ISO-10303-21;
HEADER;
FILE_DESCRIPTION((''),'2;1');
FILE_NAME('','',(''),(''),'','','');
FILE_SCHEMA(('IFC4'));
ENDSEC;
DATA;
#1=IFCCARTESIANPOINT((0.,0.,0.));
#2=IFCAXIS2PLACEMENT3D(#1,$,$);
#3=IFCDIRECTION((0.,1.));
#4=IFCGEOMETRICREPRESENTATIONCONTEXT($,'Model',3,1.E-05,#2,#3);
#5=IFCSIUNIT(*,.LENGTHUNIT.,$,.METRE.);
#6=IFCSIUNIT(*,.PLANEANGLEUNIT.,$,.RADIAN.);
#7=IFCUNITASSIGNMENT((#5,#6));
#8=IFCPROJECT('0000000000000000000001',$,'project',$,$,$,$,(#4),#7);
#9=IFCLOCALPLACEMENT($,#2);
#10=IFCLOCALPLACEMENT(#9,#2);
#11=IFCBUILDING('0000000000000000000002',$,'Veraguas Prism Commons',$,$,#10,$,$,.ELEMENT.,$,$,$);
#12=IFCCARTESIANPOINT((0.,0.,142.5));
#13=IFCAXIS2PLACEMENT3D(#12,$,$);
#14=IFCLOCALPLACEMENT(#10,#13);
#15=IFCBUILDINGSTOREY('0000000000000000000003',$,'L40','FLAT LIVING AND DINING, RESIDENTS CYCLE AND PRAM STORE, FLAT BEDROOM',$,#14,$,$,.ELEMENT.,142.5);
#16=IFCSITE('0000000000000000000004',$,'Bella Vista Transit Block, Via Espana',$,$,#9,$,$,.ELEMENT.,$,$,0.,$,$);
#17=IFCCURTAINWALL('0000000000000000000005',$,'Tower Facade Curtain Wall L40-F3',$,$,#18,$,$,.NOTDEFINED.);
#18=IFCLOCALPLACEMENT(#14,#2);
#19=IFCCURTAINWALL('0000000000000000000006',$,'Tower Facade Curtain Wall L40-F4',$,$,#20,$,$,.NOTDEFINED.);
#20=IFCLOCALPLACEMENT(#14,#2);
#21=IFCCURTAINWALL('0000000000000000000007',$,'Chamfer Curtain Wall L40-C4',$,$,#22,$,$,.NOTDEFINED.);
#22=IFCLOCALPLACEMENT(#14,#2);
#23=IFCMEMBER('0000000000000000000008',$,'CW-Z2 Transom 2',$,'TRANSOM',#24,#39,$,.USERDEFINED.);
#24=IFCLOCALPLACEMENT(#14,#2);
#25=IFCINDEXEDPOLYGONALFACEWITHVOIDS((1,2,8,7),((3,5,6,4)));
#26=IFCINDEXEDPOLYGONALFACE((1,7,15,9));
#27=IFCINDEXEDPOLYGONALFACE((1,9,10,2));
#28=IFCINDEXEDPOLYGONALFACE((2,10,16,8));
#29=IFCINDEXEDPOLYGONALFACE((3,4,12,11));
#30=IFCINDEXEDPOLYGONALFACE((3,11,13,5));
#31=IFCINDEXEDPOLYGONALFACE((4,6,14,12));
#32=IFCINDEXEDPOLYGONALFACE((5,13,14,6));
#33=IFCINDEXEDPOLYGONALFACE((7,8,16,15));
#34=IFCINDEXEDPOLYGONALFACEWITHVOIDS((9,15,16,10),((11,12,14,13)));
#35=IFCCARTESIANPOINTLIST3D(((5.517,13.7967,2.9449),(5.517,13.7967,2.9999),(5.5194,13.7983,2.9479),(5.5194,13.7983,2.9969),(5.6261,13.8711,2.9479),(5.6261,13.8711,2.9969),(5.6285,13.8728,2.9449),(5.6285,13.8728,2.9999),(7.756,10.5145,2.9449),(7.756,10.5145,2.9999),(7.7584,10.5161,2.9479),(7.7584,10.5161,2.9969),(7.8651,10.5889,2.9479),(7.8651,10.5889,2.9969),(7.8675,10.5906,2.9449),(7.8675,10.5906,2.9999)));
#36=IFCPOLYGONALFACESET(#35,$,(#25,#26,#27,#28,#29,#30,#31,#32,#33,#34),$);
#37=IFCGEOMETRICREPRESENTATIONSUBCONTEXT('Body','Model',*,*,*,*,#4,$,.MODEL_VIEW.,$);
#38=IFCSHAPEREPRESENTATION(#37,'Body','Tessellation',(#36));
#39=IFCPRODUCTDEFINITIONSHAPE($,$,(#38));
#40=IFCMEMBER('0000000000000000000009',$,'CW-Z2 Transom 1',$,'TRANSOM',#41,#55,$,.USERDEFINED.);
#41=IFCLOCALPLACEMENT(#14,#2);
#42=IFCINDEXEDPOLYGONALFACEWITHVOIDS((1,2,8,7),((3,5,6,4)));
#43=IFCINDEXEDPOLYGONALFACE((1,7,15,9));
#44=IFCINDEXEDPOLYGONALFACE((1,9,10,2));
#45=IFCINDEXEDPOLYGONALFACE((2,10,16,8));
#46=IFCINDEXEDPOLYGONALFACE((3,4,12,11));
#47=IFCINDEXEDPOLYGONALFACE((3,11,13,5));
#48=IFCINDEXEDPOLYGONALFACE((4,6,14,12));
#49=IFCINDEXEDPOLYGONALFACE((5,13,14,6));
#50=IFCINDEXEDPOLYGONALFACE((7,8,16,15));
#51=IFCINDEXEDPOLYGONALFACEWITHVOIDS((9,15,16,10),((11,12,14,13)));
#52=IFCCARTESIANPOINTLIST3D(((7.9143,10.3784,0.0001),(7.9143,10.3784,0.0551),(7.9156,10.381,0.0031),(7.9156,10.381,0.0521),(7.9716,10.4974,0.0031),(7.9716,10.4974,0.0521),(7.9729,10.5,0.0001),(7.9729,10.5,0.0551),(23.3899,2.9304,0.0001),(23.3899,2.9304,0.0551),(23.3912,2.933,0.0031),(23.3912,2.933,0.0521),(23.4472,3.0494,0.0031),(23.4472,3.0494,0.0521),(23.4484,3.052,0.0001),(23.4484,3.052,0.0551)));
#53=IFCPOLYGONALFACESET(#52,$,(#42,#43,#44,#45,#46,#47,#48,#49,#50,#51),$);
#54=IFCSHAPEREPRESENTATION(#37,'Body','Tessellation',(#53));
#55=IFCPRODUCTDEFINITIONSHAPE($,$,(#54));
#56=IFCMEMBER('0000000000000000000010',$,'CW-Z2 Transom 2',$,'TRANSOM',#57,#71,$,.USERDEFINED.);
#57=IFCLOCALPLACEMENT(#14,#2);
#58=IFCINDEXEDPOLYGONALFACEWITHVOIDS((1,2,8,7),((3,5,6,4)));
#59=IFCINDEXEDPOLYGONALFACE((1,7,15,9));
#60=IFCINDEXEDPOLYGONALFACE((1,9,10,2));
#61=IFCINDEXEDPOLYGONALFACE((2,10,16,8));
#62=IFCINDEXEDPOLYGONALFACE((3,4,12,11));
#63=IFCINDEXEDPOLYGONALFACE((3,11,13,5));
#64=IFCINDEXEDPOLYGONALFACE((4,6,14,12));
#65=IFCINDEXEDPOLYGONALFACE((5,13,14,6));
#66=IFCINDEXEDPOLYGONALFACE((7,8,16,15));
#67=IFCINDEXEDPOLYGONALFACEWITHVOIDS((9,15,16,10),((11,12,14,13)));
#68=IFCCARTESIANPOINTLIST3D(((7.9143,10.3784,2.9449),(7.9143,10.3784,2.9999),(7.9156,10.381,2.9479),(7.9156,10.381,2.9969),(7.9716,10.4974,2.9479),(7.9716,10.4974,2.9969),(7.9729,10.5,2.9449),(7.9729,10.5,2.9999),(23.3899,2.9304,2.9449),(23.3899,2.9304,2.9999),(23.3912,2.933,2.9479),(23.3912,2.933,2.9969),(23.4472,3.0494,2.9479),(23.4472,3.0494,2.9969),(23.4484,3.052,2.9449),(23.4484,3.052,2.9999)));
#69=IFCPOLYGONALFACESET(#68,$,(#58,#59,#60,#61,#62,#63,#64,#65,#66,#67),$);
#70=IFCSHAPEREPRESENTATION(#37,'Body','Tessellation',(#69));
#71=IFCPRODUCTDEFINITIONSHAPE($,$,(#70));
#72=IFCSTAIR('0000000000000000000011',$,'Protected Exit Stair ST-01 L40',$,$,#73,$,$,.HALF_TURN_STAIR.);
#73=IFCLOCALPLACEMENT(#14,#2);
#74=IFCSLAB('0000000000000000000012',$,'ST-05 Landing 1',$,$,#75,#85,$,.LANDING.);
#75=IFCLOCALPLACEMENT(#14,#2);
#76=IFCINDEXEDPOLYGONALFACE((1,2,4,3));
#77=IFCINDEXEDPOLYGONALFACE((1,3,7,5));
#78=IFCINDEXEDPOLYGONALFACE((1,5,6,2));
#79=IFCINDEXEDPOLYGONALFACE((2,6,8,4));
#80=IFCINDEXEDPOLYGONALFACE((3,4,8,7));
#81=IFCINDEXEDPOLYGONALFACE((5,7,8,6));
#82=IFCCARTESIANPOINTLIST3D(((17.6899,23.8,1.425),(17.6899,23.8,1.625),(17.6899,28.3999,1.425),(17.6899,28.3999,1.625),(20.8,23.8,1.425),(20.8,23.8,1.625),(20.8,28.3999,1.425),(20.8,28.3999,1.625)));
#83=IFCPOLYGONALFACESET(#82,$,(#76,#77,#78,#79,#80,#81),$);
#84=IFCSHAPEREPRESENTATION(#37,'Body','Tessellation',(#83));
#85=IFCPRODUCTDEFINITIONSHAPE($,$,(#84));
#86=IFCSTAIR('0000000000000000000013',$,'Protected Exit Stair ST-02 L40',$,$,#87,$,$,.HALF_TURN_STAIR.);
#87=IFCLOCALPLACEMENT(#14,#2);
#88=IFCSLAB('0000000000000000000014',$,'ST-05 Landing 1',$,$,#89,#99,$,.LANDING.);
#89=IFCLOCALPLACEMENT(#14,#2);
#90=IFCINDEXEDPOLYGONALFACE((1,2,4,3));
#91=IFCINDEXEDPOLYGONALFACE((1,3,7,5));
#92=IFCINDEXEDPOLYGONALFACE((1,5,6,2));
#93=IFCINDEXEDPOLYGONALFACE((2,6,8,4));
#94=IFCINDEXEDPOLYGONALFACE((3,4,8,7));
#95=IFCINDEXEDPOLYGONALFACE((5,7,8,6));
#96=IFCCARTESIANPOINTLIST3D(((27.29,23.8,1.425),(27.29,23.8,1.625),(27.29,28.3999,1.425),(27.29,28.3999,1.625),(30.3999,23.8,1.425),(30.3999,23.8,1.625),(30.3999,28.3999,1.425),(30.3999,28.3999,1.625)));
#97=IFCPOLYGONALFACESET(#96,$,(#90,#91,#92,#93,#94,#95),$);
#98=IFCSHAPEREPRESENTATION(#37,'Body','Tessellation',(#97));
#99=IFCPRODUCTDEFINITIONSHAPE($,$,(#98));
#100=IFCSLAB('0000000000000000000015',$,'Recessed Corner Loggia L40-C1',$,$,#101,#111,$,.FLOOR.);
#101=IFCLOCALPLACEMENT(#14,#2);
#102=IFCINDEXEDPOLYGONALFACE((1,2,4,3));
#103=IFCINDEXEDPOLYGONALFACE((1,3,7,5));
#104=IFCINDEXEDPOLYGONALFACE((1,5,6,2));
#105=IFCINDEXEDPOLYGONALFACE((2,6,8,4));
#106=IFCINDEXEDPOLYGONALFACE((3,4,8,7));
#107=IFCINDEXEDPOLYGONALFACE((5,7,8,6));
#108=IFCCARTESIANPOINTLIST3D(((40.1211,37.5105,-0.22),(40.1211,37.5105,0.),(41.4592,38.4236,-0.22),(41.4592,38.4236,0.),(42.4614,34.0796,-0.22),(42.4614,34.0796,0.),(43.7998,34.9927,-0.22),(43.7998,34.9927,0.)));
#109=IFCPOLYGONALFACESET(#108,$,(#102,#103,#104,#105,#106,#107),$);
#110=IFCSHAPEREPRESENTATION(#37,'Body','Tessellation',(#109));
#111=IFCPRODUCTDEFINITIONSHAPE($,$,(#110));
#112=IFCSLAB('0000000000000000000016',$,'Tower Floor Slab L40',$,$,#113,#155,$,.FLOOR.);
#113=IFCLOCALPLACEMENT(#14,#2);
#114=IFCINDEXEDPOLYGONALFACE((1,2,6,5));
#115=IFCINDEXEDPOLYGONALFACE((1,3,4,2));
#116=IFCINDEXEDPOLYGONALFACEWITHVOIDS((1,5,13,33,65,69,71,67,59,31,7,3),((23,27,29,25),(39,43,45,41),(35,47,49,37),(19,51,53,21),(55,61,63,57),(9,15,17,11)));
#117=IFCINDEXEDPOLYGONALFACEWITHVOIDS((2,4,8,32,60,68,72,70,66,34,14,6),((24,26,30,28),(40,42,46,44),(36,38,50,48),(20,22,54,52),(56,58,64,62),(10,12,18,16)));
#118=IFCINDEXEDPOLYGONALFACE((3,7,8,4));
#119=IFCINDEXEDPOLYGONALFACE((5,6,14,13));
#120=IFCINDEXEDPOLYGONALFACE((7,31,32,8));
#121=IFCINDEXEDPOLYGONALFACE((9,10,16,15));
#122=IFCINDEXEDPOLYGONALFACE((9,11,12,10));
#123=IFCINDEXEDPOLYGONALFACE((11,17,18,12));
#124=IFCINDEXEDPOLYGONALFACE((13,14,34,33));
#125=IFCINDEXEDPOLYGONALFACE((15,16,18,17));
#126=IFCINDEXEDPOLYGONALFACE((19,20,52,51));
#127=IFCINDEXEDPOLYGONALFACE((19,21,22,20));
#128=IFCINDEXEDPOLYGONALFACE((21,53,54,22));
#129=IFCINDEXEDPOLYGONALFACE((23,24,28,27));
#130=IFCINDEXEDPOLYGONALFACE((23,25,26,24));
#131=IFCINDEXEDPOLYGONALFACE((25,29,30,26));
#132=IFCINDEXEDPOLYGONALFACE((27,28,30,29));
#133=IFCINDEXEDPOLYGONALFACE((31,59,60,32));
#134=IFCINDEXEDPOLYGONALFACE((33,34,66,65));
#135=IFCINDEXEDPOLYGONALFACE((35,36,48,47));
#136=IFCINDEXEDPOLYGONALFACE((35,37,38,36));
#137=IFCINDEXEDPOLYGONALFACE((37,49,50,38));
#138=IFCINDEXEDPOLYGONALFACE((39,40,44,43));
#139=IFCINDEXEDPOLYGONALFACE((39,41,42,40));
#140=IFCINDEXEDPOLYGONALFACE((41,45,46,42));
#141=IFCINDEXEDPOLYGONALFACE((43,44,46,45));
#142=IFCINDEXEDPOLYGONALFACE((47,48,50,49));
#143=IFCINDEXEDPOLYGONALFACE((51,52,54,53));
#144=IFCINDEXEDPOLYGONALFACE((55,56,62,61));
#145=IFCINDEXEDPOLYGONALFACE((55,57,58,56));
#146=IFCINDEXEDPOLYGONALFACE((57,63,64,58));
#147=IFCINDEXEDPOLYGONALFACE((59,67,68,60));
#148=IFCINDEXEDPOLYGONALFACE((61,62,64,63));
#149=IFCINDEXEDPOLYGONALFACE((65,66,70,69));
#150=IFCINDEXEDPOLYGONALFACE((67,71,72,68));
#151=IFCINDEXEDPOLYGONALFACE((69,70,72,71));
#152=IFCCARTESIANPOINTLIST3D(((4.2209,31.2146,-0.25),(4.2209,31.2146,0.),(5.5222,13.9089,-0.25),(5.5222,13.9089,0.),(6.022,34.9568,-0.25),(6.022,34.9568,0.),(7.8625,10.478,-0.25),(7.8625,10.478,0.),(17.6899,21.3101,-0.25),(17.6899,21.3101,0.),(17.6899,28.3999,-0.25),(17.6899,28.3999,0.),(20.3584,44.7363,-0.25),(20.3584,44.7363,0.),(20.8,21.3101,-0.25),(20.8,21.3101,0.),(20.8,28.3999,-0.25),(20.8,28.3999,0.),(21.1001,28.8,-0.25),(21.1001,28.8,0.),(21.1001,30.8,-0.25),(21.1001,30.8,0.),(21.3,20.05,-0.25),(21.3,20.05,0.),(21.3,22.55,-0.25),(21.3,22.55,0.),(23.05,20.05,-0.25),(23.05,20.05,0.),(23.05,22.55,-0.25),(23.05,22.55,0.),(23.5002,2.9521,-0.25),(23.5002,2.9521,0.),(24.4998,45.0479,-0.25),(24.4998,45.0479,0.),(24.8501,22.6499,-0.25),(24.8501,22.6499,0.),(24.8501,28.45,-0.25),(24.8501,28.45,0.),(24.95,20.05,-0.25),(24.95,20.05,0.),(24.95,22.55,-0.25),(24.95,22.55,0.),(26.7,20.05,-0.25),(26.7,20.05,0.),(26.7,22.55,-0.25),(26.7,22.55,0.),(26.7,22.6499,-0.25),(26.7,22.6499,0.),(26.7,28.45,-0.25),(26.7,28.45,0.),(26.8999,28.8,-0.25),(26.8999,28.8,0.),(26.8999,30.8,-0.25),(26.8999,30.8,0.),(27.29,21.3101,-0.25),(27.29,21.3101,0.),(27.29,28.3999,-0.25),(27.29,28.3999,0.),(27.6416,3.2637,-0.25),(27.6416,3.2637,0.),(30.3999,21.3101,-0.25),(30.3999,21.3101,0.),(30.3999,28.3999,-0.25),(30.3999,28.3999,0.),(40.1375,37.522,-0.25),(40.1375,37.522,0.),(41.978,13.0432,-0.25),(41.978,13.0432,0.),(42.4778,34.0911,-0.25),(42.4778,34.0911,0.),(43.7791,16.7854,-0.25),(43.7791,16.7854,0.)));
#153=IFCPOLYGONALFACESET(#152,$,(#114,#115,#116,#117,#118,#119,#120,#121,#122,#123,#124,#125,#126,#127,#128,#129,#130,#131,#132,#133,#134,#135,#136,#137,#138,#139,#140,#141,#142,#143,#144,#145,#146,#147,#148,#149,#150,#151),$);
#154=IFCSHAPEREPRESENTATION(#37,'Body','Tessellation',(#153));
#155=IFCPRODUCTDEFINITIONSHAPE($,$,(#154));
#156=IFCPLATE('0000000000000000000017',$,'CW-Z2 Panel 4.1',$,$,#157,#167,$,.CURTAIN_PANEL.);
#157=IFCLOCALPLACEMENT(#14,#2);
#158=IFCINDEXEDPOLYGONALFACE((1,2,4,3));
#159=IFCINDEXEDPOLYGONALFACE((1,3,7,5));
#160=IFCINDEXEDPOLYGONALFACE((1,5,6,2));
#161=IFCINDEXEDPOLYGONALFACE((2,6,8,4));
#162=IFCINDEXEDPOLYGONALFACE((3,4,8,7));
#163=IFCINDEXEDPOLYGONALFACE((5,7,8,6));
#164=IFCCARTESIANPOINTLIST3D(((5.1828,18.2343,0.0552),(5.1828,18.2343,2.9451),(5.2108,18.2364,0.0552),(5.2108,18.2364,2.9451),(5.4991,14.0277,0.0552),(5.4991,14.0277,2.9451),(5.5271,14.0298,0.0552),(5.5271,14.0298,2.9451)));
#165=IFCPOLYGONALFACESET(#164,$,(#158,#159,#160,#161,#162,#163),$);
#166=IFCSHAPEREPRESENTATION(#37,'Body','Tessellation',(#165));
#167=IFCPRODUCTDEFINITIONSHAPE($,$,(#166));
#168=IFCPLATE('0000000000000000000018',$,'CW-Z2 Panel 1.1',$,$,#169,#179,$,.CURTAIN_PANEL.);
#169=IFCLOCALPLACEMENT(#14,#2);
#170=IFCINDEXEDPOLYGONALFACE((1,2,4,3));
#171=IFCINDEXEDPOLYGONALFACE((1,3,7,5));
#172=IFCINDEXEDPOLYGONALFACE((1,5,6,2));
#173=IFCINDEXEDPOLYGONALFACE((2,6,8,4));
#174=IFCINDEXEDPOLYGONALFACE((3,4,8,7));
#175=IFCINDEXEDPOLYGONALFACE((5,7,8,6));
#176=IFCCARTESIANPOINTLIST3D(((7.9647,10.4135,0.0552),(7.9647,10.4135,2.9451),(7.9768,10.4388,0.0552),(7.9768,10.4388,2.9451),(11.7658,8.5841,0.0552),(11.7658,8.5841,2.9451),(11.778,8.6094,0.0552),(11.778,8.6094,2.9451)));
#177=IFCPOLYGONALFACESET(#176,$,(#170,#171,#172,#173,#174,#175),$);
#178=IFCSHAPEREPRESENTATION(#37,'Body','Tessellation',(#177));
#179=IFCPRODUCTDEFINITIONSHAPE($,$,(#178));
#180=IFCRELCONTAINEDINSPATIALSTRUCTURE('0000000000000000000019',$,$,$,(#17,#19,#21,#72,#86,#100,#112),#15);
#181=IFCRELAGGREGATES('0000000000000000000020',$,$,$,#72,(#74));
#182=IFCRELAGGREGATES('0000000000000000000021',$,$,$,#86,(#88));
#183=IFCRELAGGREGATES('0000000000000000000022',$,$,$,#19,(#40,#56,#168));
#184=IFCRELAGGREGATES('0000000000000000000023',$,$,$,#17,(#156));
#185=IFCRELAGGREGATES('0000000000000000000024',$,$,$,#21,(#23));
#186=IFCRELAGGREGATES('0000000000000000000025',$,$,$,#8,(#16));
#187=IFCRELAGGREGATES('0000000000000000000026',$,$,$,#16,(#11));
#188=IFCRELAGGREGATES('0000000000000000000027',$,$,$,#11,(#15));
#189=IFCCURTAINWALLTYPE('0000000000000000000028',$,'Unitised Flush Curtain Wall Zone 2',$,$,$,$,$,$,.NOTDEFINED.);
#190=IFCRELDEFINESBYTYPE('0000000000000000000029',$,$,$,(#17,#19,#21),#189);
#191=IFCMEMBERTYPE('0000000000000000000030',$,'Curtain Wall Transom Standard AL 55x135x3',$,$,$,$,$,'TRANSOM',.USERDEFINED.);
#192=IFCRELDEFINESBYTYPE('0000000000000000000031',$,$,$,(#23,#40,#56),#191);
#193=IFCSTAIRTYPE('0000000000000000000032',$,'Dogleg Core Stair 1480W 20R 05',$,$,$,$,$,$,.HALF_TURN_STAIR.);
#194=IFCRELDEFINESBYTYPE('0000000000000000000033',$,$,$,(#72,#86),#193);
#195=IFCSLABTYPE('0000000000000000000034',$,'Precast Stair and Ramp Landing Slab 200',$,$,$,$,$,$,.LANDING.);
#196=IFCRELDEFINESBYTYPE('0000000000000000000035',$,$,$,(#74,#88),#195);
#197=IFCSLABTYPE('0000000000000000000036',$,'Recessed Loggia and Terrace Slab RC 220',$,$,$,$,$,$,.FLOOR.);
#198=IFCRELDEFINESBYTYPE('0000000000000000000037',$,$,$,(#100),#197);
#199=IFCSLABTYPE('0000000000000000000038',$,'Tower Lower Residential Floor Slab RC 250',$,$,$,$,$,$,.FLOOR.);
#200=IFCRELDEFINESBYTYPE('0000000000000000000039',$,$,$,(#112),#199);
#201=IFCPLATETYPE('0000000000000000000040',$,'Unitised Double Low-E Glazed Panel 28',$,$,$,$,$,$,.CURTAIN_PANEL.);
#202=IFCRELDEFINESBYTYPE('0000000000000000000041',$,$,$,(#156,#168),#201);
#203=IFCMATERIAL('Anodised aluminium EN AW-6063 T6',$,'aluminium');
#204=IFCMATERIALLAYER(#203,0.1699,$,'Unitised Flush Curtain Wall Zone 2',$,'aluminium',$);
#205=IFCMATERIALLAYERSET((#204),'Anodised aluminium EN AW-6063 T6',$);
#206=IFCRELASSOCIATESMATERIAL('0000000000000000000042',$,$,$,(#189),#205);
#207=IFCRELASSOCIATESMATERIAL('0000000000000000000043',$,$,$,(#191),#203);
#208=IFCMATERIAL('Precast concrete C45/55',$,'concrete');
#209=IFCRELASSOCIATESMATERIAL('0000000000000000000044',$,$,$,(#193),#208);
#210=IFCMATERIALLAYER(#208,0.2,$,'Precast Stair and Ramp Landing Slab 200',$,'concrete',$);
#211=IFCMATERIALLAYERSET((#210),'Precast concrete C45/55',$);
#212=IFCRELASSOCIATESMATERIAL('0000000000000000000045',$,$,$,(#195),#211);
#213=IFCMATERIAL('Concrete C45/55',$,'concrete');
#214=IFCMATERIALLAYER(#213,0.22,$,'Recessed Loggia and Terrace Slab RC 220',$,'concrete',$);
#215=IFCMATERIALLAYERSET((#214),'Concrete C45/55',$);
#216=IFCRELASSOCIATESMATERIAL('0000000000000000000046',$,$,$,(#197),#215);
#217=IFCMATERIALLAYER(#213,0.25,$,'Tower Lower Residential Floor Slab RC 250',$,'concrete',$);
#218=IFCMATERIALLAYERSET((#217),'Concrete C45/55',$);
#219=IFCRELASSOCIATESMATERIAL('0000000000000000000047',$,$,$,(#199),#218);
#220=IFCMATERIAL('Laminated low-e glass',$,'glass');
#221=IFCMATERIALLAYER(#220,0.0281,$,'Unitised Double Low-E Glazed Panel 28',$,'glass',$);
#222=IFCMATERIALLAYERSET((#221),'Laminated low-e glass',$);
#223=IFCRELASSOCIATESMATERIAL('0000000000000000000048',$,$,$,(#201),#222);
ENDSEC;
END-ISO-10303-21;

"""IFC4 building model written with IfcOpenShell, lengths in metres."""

from ifc_helpers import new_model, si_unit, direction, frame, origin, origin_2d, place, context, subcontext, project, spatial, polyline, rectangle, hollow_rectangle, outline, extrude, source, transform, mapped, material, layer, layer_set, material_profile, profile_set, type_object, element, aggregate, save


model = new_model("IFC4")

# Units and contexts
model_context = context("Model", 3, precision=1e-05, world=origin(), true_north=direction((0.0, 1.0)))
body_context = subcontext(model_context, "Body", "Model", "MODEL_VIEW")
ifc_project = project(units=[si_unit("LENGTHUNIT", "METRE"), si_unit("PLANEANGLEUNIT", "RADIAN")], contexts=[model_context])

# Site, building, storey
site_placement = place(None, origin())
site = spatial("IfcSite", under=ifc_project, at=site_placement, Name="Bella Vista Transit Block, Via Espana", CompositionType="ELEMENT", RefElevation=0.0)
building_placement = place(site_placement, origin())
building = spatial("IfcBuilding", under=site, at=building_placement, Name="Veraguas Prism Commons", CompositionType="ELEMENT")
storey_placement = place(building_placement, frame((0.0, 0.0, 142.5)))
storey = spatial("IfcBuildingStorey", under=building, at=storey_placement, Name="L40", Description="FLAT LIVING AND DINING, RESIDENTS CYCLE AND PRAM STORE, FLAT BEDROOM", CompositionType="ELEMENT", Elevation=142.5)

# Curtain walls, member
ifc_material_1 = material(Name="Anodised aluminium EN AW-6063 T6", Category="aluminium")
ifc_layer_1 = layer(ifc_material_1, 0.1699, Name="Unitised Flush Curtain Wall Zone 2", Category="aluminium")
ifc_layer_set_1 = layer_set([ifc_layer_1], Name="Anodised aluminium EN AW-6063 T6")
curtain_wall_type = type_object("IfcCurtainWallType", Name="Unitised Flush Curtain Wall Zone 2", PredefinedType="NOTDEFINED", material=ifc_layer_set_1)
curtain_wall_1_placement = place(storey_placement, origin())
curtain_wall_1 = element("IfcCurtainWall", 1, at=curtain_wall_1_placement, inside=storey, type_object=curtain_wall_type, Name="Tower Facade Curtain Wall L40-F3", PredefinedType="NOTDEFINED")
curtain_wall_2_placement = place(storey_placement, origin())
curtain_wall_2 = element("IfcCurtainWall", 2, at=curtain_wall_2_placement, inside=storey, type_object=curtain_wall_type, Name="Tower Facade Curtain Wall L40-F4", PredefinedType="NOTDEFINED")
curtain_wall_3_placement = place(storey_placement, origin())
curtain_wall_3 = element("IfcCurtainWall", 3, at=curtain_wall_3_placement, inside=storey, type_object=curtain_wall_type, Name="Chamfer Curtain Wall L40-C4", PredefinedType="NOTDEFINED")
ifc_material_profile_1 = material_profile(ifc_material_1, hollow_rectangle(XDim=0.0549, YDim=0.135, WallThickness=0.0029, at=origin_2d()), Name="AL55X135X3")
ifc_profile_set_1 = profile_set([ifc_material_profile_1], Name="Anodised aluminium EN AW-6063 T6")
member_type_1 = type_object("IfcMemberType", Name="Curtain Wall Transom Standard AL 55x135x3", ElementType="TRANSOM", PredefinedType="USERDEFINED", material=ifc_profile_set_1)
shared_shape_1 = source(origin(), body_context, "Body", "SweptSolid", [
    extrude(hollow_rectangle(XDim=0.0549, YDim=0.135, WallThickness=0.0029, at=origin_2d()), origin(), (0.0, 0.0, 1.0), 3.9731),
])
member_1_placement = place(storey_placement, frame((5.5728, 13.8347, 2.9724), z_axis=(0.563531, -0.826095, 0.0), x_axis=(0.0, 0.0, 1.0)))
member_1 = element("IfcMember", 4, at=member_1_placement, type_object=member_type_1, Name="CW-Z2 Transom 2", ObjectType="TRANSOM", PredefinedType="USERDEFINED", context=body_context, shape_type="MappedRepresentation", body=[
    mapped(shared_shape_1, transform((0.0, 0.0, 0.0), scale=1.0)),
])

# Members
shared_shape_2 = source(origin(), body_context, "Body", "SweptSolid", [
    extrude(hollow_rectangle(XDim=0.0549, YDim=0.135, WallThickness=0.0029, at=origin_2d()), origin(), (0.0, 0.0, 1.0), 17.1746),
])
member_2_placement = place(storey_placement, frame((7.9436, 10.4392, 0.0276), z_axis=(0.901075, -0.433664, 0.0), x_axis=(0.0, 0.0, 1.0)))
member_2 = element("IfcMember", 5, at=member_2_placement, type_object=member_type_1, Name="CW-Z2 Transom 1", ObjectType="TRANSOM", PredefinedType="USERDEFINED", context=body_context, shape_type="MappedRepresentation", body=[
    mapped(shared_shape_2, transform((0.0, 0.0, 0.0), scale=1.0)),
])
member_3_placement = place(storey_placement, frame((7.9436, 10.4392, 2.9724), z_axis=(0.901075, -0.433664, 0.0), x_axis=(0.0, 0.0, 1.0)))
member_3 = element("IfcMember", 6, at=member_3_placement, type_object=member_type_1, Name="CW-Z2 Transom 2", ObjectType="TRANSOM", PredefinedType="USERDEFINED", context=body_context, shape_type="MappedRepresentation", body=[
    mapped(shared_shape_2, transform((0.0, 0.0, 0.0), scale=1.0)),
])

# Stairs, slabs
ifc_material_2 = material(Name="Precast concrete C45/55", Category="concrete")
stair_type = type_object("IfcStairType", Name="Dogleg Core Stair 1480W 20R 05", PredefinedType="HALF_TURN_STAIR", material=ifc_material_2)
stair_1_placement = place(storey_placement, origin())
stair_1 = element("IfcStair", 7, at=stair_1_placement, inside=storey, type_object=stair_type, Name="Protected Exit Stair ST-01 L40", PredefinedType="HALF_TURN_STAIR")
ifc_layer_2 = layer(ifc_material_2, 0.2, Name="Precast Stair and Ramp Landing Slab 200", Category="concrete")
ifc_layer_set_2 = layer_set([ifc_layer_2], Name="Precast concrete C45/55")
slab_type_1 = type_object("IfcSlabType", Name="Precast Stair and Ramp Landing Slab 200", PredefinedType="LANDING", material=ifc_layer_set_2)
slab_1_placement = place(storey_placement, frame((0.0, 0.0, 1.425)))
slab_1 = element("IfcSlab", 8, at=slab_1_placement, type_object=slab_type_1, Name="ST-05 Landing 1", PredefinedType="LANDING", context=body_context, shape_type="SweptSolid", body=[
    extrude(outline(polyline([(20.8, 23.8), (20.8, 28.3999), (17.6899, 28.3999), (17.6899, 23.8), (20.8, 23.8)])), origin(), (0.0, 0.0, 1.0), 0.2),
])
aggregate(stair_1, [slab_1])
stair_2_placement = place(storey_placement, origin())
stair_2 = element("IfcStair", 9, at=stair_2_placement, inside=storey, type_object=stair_type, Name="Protected Exit Stair ST-02 L40", PredefinedType="HALF_TURN_STAIR")
slab_2_placement = place(storey_placement, frame((0.0, 0.0, 1.425)))
slab_2 = element("IfcSlab", 10, at=slab_2_placement, type_object=slab_type_1, Name="ST-05 Landing 1", PredefinedType="LANDING", context=body_context, shape_type="SweptSolid", body=[
    extrude(outline(polyline([(30.3999, 23.8), (30.3999, 28.3999), (27.29, 28.3999), (27.29, 23.8), (30.3999, 23.8)])), origin(), (0.0, 0.0, 1.0), 0.2),
])
aggregate(stair_2, [slab_2])

# Slabs
ifc_material_3 = material(Name="Concrete C45/55", Category="concrete")
ifc_layer_3 = layer(ifc_material_3, 0.22, Name="Recessed Loggia and Terrace Slab RC 220", Category="concrete")
ifc_layer_set_3 = layer_set([ifc_layer_3], Name="Concrete C45/55")
slab_type_2 = type_object("IfcSlabType", Name="Recessed Loggia and Terrace Slab RC 220", PredefinedType="FLOOR", material=ifc_layer_set_3)
slab_3_placement = place(storey_placement, frame((0.0, 0.0, -0.22)))
element("IfcSlab", 11, at=slab_3_placement, inside=storey, type_object=slab_type_2, Name="Recessed Corner Loggia L40-C1", PredefinedType="FLOOR", context=body_context, shape_type="SweptSolid", body=[
    extrude(outline(polyline([(42.4614, 34.0796), (43.7998, 34.9927), (41.4592, 38.4236), (40.1211, 37.5105), (42.4614, 34.0796)])), origin(), (0.0, 0.0, 1.0), 0.22),
])
ifc_layer_4 = layer(ifc_material_3, 0.25, Name="Tower Lower Residential Floor Slab RC 250", Category="concrete")
ifc_layer_set_4 = layer_set([ifc_layer_4], Name="Concrete C45/55")
slab_type_3 = type_object("IfcSlabType", Name="Tower Lower Residential Floor Slab RC 250", PredefinedType="FLOOR", material=ifc_layer_set_4)
slab_4_placement = place(storey_placement, frame((0.0, 0.0, -0.25)))
element("IfcSlab", 12, at=slab_4_placement, inside=storey, type_object=slab_type_3, Name="Tower Floor Slab L40", PredefinedType="FLOOR", context=body_context, shape_type="SweptSolid", body=[
    extrude(outline(polyline([(42.4778, 34.0911), (40.1375, 37.522), (24.4998, 45.0479), (20.3584, 44.7363), (6.022, 34.9568), (4.2209, 31.2146), (5.5222, 13.9089), (7.8625, 10.478), (23.5002, 2.9521), (27.6416, 3.2637), (41.978, 13.0432), (43.7791, 16.7854), (42.4778, 34.0911)]), holes=[polyline([(20.8, 21.3101), (20.8, 28.3999), (17.6899, 28.3999), (17.6899, 21.3101), (20.8, 21.3101)]), polyline([(30.3999, 21.3101), (30.3999, 28.3999), (27.29, 28.3999), (27.29, 21.3101), (30.3999, 21.3101)]), polyline([(24.8501, 22.6499), (26.7, 22.6499), (26.7, 28.45), (24.8501, 28.45), (24.8501, 22.6499)]), polyline([(21.1001, 28.8), (26.8999, 28.8), (26.8999, 30.8), (21.1001, 30.8), (21.1001, 28.8)]), polyline([(21.3, 20.05), (23.05, 20.05), (23.05, 22.55), (21.3, 22.55), (21.3, 20.05)]), polyline([(24.95, 20.05), (26.7, 20.05), (26.7, 22.55), (24.95, 22.55), (24.95, 20.05)])]), origin(), (0.0, 0.0, 1.0), 0.25),
])

# Plates
ifc_material_4 = material(Name="Laminated low-e glass", Category="glass")
ifc_layer_5 = layer(ifc_material_4, 0.0281, Name="Unitised Double Low-E Glazed Panel 28", Category="glass")
ifc_layer_set_5 = layer_set([ifc_layer_5], Name="Laminated low-e glass")
plate_type = type_object("IfcPlateType", Name="Unitised Double Low-E Glazed Panel 28", PredefinedType="CURTAIN_PANEL", material=ifc_layer_set_5)
shared_shape_3 = source(origin(), body_context, "Body", "SweptSolid", [
    extrude(rectangle(XDim=4.2185, YDim=0.0281, at=origin_2d()), origin(), (0.0, 0.0, 1.0), 2.8899),
])
plate_1_placement = place(storey_placement, frame((5.355, 16.1321, 0.0552), z_axis=(0.0, 0.0, 1.0), x_axis=(0.074979, -0.997185, 0.0)))
plate_1 = element("IfcPlate", 13, at=plate_1_placement, type_object=plate_type, Name="CW-Z2 Panel 4.1", PredefinedType="CURTAIN_PANEL", context=body_context, shape_type="MappedRepresentation", body=[
    mapped(shared_shape_3, transform((0.0, 0.0, 0.0), scale=1.0)),
])
plate_2_placement = place(storey_placement, frame((9.8713, 9.5115, 0.0552), z_axis=(0.0, 0.0, 1.0), x_axis=(0.901076, -0.433662, 0.0)))
plate_2 = element("IfcPlate", 14, at=plate_2_placement, type_object=plate_type, Name="CW-Z2 Panel 1.1", PredefinedType="CURTAIN_PANEL", context=body_context, shape_type="MappedRepresentation", body=[
    mapped(shared_shape_3, transform((0.0, 0.0, 0.0), scale=1.0)),
])
aggregate(curtain_wall_2, [member_2, member_3, plate_2])
aggregate(curtain_wall_1, [plate_1])
aggregate(curtain_wall_3, [member_1])

save(model, "model.ifc")
